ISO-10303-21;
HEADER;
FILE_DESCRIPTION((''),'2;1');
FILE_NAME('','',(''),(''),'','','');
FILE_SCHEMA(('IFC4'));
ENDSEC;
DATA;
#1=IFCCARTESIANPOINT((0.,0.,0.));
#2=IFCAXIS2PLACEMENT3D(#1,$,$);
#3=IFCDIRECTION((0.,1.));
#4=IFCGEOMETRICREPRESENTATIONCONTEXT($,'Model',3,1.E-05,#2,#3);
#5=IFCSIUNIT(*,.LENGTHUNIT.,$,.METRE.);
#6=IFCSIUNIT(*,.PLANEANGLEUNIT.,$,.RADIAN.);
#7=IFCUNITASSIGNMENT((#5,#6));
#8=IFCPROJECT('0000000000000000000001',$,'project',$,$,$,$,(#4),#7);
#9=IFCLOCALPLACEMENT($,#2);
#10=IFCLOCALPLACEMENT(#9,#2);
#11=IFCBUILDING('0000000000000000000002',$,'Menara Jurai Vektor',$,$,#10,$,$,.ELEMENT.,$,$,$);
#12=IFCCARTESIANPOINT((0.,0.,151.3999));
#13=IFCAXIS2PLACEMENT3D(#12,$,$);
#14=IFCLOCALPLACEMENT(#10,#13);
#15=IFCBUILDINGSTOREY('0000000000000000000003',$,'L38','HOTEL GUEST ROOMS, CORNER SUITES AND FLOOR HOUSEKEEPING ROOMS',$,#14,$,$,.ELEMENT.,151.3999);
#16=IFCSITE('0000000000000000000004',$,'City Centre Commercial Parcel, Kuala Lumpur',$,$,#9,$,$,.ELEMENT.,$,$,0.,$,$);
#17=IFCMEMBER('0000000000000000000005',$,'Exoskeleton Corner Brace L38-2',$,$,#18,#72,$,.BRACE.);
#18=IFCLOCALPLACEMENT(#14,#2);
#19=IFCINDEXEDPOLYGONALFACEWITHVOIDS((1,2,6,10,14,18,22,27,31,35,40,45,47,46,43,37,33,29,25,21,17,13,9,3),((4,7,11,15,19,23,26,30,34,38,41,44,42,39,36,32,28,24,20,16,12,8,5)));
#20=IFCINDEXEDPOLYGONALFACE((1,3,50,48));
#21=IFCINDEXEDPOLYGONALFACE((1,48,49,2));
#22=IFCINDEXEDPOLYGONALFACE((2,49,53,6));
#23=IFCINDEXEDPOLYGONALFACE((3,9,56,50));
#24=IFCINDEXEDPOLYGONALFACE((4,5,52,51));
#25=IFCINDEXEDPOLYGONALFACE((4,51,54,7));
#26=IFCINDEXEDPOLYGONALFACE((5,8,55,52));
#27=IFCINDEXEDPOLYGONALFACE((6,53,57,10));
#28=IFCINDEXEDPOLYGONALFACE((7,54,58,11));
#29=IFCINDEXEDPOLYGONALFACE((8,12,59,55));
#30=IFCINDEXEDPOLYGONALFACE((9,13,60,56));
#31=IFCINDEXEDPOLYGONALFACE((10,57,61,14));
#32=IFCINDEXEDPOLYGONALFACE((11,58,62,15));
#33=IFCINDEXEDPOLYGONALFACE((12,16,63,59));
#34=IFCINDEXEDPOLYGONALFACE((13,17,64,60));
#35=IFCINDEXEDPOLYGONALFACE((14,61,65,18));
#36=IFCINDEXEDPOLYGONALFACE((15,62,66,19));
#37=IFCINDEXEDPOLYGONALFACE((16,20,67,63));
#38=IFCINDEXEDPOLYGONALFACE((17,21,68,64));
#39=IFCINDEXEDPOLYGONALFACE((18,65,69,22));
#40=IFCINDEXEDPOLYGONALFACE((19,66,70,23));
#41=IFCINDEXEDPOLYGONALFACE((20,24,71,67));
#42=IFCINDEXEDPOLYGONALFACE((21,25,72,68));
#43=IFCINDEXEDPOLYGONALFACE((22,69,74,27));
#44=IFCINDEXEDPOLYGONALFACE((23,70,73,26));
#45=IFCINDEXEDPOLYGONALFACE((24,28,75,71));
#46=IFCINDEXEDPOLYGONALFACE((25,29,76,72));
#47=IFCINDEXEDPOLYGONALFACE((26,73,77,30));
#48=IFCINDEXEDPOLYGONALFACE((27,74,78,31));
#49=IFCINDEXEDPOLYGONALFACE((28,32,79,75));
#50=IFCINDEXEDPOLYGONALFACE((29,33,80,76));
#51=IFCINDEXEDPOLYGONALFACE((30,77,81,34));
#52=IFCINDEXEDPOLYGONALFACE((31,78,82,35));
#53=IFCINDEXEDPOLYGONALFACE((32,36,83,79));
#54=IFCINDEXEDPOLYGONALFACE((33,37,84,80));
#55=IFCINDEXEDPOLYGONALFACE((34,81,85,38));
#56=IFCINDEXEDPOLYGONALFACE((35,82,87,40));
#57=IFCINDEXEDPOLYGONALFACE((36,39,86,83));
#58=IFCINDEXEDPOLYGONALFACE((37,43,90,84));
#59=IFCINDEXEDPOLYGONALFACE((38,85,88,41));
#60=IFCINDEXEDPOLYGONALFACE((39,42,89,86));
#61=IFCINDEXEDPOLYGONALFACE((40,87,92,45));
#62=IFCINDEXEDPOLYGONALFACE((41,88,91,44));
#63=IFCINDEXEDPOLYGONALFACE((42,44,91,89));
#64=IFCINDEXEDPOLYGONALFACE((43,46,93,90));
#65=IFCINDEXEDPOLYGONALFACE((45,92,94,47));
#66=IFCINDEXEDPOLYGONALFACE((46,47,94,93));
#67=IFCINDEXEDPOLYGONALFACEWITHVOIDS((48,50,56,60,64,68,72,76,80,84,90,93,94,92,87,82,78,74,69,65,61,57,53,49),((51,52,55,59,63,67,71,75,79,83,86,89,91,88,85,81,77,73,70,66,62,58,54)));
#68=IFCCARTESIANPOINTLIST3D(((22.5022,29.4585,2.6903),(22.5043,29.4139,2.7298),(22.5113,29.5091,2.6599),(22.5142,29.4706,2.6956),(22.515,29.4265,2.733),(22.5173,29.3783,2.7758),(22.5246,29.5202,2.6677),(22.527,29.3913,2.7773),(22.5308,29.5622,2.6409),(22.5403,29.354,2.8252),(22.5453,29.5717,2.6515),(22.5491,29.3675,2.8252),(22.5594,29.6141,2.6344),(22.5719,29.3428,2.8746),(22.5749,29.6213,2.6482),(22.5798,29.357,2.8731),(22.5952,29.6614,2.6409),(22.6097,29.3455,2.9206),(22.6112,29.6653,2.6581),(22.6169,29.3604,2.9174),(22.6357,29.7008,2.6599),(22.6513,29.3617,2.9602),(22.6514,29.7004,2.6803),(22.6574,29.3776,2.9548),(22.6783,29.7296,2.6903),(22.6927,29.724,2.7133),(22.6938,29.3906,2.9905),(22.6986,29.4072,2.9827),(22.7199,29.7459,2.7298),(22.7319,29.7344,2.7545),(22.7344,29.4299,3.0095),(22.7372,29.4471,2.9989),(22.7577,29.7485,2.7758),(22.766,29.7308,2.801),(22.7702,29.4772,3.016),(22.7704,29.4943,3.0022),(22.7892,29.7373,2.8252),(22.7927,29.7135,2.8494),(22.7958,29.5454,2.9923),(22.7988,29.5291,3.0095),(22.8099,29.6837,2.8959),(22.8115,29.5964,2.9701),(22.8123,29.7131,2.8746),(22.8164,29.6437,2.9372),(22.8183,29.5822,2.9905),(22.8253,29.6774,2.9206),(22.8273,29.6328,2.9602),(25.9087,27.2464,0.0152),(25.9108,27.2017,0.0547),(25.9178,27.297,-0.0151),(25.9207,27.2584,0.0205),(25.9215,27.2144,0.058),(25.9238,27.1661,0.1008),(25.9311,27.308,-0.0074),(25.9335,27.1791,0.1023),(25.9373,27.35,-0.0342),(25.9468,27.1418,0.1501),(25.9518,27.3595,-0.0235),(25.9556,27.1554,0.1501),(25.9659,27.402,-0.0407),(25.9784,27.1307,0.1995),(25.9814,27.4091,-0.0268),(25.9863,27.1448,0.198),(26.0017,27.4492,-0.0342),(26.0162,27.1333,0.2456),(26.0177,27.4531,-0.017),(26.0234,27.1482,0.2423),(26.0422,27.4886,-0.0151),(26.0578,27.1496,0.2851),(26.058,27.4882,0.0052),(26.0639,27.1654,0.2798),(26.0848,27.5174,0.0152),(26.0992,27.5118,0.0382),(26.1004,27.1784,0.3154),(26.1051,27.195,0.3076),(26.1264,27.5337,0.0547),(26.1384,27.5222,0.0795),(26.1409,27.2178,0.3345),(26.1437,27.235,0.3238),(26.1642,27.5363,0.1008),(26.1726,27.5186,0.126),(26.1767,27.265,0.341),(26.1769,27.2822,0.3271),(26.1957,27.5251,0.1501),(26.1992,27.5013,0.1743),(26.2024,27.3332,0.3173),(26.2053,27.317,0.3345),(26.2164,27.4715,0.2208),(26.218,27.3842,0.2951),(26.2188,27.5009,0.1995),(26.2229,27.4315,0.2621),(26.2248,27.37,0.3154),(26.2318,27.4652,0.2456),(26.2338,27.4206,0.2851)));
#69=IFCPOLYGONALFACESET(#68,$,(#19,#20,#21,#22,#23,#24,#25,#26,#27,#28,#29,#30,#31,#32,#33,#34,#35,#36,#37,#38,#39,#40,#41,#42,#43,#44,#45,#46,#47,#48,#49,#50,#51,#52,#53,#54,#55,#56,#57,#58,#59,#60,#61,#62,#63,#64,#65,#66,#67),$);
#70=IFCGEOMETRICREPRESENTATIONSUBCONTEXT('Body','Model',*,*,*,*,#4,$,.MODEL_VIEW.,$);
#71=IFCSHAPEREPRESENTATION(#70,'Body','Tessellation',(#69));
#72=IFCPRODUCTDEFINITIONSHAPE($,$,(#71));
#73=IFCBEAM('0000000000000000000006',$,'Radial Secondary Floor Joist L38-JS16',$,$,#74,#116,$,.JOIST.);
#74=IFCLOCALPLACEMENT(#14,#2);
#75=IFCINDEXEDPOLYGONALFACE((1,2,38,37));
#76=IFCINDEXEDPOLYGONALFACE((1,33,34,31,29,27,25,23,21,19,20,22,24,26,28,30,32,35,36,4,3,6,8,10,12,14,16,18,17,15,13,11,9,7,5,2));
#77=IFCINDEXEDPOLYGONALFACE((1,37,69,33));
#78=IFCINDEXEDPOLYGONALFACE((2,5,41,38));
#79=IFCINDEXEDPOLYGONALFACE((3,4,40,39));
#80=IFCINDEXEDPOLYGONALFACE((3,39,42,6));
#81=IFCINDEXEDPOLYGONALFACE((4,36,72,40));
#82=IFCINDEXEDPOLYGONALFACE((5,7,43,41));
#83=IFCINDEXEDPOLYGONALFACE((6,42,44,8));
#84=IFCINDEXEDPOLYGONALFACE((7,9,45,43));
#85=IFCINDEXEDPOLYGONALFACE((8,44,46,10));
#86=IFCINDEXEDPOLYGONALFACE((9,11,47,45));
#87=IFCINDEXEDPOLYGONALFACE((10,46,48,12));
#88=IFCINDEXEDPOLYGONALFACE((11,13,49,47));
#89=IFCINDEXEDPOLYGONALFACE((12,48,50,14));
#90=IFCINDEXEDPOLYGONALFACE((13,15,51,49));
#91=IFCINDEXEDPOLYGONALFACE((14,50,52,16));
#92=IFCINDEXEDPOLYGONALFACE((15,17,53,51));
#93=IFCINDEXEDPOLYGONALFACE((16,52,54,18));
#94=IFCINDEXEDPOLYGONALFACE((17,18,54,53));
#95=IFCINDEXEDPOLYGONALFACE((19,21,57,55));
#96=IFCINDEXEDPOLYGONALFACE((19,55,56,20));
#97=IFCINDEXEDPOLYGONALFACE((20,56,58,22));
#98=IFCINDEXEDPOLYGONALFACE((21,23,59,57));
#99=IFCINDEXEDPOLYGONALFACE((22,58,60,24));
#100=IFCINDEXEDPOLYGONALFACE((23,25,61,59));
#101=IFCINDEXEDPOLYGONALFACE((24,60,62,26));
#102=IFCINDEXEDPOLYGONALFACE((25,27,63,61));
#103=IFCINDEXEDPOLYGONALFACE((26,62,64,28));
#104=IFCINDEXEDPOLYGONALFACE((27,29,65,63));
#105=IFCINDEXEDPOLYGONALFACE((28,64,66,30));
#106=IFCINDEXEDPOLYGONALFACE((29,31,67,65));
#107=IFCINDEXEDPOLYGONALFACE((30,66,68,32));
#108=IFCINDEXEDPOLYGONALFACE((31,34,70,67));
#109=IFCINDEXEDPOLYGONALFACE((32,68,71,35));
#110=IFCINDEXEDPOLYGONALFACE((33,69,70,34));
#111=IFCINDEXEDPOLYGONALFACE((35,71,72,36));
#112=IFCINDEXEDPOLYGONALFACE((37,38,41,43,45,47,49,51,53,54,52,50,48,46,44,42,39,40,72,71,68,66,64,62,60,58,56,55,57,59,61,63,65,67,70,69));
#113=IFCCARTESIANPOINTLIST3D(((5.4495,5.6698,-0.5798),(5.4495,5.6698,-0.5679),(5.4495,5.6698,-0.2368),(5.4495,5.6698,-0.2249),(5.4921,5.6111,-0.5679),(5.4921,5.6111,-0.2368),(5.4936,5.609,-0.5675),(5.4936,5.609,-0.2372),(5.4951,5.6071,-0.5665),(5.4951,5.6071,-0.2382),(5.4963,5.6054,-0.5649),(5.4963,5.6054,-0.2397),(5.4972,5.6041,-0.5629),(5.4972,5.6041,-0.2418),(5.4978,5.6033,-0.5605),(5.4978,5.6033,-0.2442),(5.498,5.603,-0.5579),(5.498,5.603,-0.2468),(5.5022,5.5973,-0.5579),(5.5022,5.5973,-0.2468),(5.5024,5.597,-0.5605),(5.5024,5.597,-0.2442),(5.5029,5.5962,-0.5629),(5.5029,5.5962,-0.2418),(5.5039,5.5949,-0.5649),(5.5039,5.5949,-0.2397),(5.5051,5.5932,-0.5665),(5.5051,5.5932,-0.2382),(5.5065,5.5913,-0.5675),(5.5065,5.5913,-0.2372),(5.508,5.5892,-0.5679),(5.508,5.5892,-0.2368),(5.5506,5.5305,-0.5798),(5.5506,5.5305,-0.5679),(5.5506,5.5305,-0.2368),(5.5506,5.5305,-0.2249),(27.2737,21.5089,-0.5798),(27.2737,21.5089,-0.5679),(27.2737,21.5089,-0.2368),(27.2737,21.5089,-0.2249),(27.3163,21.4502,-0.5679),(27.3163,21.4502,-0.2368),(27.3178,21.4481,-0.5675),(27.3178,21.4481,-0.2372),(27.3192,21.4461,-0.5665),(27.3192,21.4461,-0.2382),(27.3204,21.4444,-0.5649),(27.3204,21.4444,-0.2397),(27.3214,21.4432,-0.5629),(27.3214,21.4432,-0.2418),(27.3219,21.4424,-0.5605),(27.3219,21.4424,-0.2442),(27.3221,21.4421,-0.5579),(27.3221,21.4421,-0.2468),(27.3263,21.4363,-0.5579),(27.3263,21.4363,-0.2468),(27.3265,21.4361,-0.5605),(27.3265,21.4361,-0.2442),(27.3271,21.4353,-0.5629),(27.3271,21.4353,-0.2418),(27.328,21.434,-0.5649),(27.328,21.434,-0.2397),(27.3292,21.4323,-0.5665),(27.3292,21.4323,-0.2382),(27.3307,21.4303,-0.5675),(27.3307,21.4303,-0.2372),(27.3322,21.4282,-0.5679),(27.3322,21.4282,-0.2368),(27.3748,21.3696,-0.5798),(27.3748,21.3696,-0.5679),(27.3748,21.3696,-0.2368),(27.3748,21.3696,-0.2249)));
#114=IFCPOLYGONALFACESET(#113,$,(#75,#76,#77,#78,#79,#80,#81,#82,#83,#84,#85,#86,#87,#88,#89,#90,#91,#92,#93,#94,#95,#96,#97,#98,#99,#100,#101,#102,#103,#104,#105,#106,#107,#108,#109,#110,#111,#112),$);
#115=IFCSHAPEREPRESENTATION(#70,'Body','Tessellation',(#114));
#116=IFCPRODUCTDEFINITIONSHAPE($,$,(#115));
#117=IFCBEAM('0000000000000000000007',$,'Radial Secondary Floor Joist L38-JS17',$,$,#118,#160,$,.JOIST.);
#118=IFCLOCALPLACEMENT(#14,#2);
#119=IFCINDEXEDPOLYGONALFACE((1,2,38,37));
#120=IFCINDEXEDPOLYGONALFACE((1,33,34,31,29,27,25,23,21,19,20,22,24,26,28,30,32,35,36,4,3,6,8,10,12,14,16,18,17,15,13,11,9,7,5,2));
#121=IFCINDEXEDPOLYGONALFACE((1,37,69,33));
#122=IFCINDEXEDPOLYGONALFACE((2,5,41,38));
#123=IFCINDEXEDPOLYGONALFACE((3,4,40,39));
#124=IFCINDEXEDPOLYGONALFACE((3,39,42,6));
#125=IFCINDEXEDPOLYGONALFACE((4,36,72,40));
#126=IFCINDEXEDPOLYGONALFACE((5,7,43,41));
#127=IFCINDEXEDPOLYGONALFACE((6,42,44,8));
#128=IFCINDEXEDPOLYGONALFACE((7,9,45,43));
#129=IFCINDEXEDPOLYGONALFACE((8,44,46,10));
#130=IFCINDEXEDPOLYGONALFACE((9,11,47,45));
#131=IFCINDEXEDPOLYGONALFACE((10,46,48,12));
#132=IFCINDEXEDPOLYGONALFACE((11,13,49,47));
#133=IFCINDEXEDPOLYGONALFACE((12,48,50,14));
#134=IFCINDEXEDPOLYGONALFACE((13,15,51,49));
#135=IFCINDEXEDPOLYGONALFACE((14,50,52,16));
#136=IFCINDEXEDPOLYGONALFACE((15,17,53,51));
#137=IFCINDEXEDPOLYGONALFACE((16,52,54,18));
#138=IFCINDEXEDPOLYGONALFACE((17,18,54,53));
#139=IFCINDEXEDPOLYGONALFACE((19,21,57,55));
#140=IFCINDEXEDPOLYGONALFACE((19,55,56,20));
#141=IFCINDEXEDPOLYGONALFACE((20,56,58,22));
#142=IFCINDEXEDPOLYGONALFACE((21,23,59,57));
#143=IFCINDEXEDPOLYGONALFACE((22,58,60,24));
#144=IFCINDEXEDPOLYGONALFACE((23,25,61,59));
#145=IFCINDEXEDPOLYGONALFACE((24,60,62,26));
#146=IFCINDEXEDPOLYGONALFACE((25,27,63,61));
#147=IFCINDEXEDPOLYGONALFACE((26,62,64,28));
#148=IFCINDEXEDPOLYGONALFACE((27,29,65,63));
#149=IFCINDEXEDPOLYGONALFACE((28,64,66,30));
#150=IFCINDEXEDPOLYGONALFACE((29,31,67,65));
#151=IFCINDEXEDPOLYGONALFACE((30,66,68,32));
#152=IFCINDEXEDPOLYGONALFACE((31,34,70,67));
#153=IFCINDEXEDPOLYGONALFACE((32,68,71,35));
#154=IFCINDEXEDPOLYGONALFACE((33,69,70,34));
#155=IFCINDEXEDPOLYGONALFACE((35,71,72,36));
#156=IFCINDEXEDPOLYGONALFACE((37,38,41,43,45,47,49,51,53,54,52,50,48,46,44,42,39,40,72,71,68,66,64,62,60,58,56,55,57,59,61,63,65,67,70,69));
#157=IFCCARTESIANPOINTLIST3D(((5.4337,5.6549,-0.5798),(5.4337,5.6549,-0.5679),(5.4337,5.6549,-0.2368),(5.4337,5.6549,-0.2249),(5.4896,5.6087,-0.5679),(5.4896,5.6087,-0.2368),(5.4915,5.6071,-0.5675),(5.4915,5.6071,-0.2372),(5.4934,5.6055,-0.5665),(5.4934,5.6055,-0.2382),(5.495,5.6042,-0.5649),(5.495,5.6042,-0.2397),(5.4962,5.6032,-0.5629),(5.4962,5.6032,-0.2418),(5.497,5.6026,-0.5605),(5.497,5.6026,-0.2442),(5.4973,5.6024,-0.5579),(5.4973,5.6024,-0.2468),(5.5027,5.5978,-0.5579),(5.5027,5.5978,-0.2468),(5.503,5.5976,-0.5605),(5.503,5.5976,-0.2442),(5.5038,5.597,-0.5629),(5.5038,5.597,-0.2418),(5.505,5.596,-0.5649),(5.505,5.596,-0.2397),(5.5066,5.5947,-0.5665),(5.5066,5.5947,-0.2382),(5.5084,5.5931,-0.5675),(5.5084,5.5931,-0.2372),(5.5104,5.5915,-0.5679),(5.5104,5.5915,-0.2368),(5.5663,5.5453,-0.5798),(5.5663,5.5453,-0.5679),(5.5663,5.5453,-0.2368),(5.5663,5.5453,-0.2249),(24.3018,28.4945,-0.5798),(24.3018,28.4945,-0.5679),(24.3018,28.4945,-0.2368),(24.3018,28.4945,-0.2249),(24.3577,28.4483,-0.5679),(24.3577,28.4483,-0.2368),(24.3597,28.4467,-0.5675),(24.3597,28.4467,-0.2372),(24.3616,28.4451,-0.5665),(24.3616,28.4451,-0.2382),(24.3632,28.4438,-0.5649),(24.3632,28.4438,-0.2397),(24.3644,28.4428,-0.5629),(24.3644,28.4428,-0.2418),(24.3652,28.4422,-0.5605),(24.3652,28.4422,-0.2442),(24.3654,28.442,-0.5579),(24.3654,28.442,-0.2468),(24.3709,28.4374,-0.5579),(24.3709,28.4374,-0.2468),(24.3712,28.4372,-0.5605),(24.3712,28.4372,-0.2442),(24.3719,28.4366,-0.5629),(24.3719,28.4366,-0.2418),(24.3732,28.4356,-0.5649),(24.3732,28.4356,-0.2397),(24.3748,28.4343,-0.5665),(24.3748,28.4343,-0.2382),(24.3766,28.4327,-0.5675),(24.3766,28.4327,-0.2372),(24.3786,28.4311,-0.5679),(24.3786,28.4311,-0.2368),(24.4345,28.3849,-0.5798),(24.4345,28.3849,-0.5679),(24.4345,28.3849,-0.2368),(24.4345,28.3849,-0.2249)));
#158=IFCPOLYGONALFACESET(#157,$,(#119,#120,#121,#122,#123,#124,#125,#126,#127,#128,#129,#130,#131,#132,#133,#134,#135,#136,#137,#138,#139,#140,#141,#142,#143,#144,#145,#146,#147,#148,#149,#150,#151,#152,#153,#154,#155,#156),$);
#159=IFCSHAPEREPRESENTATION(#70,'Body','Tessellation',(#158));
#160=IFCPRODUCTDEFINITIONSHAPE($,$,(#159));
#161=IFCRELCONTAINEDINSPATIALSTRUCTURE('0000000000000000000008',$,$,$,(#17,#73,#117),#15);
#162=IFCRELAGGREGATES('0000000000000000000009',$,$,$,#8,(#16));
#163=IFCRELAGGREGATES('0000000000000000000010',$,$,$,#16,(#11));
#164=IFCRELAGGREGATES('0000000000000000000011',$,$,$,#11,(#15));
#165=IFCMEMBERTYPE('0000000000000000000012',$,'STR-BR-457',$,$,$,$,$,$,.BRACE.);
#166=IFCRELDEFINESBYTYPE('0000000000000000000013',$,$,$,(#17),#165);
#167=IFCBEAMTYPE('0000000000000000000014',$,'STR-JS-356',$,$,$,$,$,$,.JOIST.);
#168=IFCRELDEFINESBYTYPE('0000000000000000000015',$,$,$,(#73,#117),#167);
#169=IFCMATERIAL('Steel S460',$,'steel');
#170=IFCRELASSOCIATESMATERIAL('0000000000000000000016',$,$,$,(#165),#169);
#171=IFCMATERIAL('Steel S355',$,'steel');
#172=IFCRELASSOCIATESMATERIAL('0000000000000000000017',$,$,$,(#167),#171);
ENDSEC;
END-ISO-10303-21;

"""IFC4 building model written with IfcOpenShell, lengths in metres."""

from ifc_helpers import new_model, si_unit, direction, frame, origin, origin_2d, place, context, subcontext, project, spatial, hollow_circle, i_section, extrude, material, material_profile, profile_set, type_object, element, save


model = new_model("IFC4")

# Units and contexts
model_context = context("Model", 3, precision=1e-05, world=origin(), true_north=direction((0.0, 1.0)))
body_context = subcontext(model_context, "Body", "Model", "MODEL_VIEW")
ifc_project = project(units=[si_unit("LENGTHUNIT", "METRE"), si_unit("PLANEANGLEUNIT", "RADIAN")], contexts=[model_context])

# Site, building, storey
site_placement = place(None, origin())
site = spatial("IfcSite", under=ifc_project, at=site_placement, Name="City Centre Commercial Parcel, Kuala Lumpur", CompositionType="ELEMENT", RefElevation=0.0)
building_placement = place(site_placement, origin())
building = spatial("IfcBuilding", under=site, at=building_placement, Name="Menara Jurai Vektor", CompositionType="ELEMENT")
storey_placement = place(building_placement, frame((0.0, 0.0, 151.3999)))
storey = spatial("IfcBuildingStorey", under=building, at=storey_placement, Name="L38", Description="HOTEL GUEST ROOMS, CORNER SUITES AND FLOOR HOUSEKEEPING ROOMS", CompositionType="ELEMENT", Elevation=151.3999)

# Shared definitions
ifc_material_1 = material(Name="Steel S460", Category="steel")

# Shared definitions
ifc_material_2 = material(Name="Steel S355", Category="steel")

# Member
ifc_material_profile_1 = material_profile(ifc_material_1, hollow_circle(Radius=0.2285, WallThickness=0.0161, at=origin_2d()), Name="CHS 457x16")
ifc_profile_set_1 = profile_set([ifc_material_profile_1], Name="Steel S460")
member_type_1 = type_object("IfcMemberType", Name="STR-BR-457", PredefinedType="BRACE", material=ifc_profile_set_1)
member_1_placement = place(storey_placement, frame((26.0713, 27.3335, 0.1501), z_axis=(-0.700419, 0.454848, 0.550024), x_axis=(-0.544631, -0.838676, 0.0)))
element("IfcMember", 1, at=member_1_placement, inside=storey, type_object=member_type_1, Name="Exoskeleton Corner Brace L38-2", PredefinedType="BRACE", context=body_context, shape_type="SweptSolid", body=[
    extrude(hollow_circle(Radius=0.2285, WallThickness=0.0161, at=origin_2d()), origin(), (0.0, 0.0, 1.0), 4.8635),
])

# Beams
ifc_material_profile_2 = material_profile(ifc_material_2, i_section(OverallWidth=0.1721, OverallDepth=0.355, WebThickness=0.0071, FlangeThickness=0.012, FilletRadius=0.01, at=origin_2d()), Name="UKB 356x171x51")
ifc_profile_set_2 = profile_set([ifc_material_profile_2], Name="Steel S355")
beam_type_1 = type_object("IfcBeamType", Name="STR-JS-356", PredefinedType="JOIST", material=ifc_profile_set_2)
beam_1_placement = place(storey_placement, frame((27.3242, 21.4392, -0.4023), z_axis=(-0.809319, -0.58737, 0.0), x_axis=(0.58737, -0.809319, 0.0)))
element("IfcBeam", 2, at=beam_1_placement, inside=storey, type_object=beam_type_1, Name="Radial Secondary Floor Joist L38-JS16", PredefinedType="JOIST", context=body_context, shape_type="SweptSolid", body=[
    extrude(i_section(OverallWidth=0.1721, OverallDepth=0.355, WebThickness=0.0071, FlangeThickness=0.012, FilletRadius=0.01, at=origin_2d()), origin(), (0.0, 0.0, 1.0), 26.9661),
])
beam_2_placement = place(storey_placement, frame((24.3682, 28.4397, -0.4023), z_axis=(-0.636895, -0.770951, 0.0), x_axis=(0.770951, -0.636895, 0.0)))
element("IfcBeam", 3, at=beam_2_placement, inside=storey, type_object=beam_type_1, Name="Radial Secondary Floor Joist L38-JS17", PredefinedType="JOIST", context=body_context, shape_type="SweptSolid", body=[
    extrude(i_section(OverallWidth=0.1721, OverallDepth=0.355, WebThickness=0.0071, FlangeThickness=0.012, FilletRadius=0.01, at=origin_2d()), origin(), (0.0, 0.0, 1.0), 29.6252),
])

save(model, "model.ifc")
